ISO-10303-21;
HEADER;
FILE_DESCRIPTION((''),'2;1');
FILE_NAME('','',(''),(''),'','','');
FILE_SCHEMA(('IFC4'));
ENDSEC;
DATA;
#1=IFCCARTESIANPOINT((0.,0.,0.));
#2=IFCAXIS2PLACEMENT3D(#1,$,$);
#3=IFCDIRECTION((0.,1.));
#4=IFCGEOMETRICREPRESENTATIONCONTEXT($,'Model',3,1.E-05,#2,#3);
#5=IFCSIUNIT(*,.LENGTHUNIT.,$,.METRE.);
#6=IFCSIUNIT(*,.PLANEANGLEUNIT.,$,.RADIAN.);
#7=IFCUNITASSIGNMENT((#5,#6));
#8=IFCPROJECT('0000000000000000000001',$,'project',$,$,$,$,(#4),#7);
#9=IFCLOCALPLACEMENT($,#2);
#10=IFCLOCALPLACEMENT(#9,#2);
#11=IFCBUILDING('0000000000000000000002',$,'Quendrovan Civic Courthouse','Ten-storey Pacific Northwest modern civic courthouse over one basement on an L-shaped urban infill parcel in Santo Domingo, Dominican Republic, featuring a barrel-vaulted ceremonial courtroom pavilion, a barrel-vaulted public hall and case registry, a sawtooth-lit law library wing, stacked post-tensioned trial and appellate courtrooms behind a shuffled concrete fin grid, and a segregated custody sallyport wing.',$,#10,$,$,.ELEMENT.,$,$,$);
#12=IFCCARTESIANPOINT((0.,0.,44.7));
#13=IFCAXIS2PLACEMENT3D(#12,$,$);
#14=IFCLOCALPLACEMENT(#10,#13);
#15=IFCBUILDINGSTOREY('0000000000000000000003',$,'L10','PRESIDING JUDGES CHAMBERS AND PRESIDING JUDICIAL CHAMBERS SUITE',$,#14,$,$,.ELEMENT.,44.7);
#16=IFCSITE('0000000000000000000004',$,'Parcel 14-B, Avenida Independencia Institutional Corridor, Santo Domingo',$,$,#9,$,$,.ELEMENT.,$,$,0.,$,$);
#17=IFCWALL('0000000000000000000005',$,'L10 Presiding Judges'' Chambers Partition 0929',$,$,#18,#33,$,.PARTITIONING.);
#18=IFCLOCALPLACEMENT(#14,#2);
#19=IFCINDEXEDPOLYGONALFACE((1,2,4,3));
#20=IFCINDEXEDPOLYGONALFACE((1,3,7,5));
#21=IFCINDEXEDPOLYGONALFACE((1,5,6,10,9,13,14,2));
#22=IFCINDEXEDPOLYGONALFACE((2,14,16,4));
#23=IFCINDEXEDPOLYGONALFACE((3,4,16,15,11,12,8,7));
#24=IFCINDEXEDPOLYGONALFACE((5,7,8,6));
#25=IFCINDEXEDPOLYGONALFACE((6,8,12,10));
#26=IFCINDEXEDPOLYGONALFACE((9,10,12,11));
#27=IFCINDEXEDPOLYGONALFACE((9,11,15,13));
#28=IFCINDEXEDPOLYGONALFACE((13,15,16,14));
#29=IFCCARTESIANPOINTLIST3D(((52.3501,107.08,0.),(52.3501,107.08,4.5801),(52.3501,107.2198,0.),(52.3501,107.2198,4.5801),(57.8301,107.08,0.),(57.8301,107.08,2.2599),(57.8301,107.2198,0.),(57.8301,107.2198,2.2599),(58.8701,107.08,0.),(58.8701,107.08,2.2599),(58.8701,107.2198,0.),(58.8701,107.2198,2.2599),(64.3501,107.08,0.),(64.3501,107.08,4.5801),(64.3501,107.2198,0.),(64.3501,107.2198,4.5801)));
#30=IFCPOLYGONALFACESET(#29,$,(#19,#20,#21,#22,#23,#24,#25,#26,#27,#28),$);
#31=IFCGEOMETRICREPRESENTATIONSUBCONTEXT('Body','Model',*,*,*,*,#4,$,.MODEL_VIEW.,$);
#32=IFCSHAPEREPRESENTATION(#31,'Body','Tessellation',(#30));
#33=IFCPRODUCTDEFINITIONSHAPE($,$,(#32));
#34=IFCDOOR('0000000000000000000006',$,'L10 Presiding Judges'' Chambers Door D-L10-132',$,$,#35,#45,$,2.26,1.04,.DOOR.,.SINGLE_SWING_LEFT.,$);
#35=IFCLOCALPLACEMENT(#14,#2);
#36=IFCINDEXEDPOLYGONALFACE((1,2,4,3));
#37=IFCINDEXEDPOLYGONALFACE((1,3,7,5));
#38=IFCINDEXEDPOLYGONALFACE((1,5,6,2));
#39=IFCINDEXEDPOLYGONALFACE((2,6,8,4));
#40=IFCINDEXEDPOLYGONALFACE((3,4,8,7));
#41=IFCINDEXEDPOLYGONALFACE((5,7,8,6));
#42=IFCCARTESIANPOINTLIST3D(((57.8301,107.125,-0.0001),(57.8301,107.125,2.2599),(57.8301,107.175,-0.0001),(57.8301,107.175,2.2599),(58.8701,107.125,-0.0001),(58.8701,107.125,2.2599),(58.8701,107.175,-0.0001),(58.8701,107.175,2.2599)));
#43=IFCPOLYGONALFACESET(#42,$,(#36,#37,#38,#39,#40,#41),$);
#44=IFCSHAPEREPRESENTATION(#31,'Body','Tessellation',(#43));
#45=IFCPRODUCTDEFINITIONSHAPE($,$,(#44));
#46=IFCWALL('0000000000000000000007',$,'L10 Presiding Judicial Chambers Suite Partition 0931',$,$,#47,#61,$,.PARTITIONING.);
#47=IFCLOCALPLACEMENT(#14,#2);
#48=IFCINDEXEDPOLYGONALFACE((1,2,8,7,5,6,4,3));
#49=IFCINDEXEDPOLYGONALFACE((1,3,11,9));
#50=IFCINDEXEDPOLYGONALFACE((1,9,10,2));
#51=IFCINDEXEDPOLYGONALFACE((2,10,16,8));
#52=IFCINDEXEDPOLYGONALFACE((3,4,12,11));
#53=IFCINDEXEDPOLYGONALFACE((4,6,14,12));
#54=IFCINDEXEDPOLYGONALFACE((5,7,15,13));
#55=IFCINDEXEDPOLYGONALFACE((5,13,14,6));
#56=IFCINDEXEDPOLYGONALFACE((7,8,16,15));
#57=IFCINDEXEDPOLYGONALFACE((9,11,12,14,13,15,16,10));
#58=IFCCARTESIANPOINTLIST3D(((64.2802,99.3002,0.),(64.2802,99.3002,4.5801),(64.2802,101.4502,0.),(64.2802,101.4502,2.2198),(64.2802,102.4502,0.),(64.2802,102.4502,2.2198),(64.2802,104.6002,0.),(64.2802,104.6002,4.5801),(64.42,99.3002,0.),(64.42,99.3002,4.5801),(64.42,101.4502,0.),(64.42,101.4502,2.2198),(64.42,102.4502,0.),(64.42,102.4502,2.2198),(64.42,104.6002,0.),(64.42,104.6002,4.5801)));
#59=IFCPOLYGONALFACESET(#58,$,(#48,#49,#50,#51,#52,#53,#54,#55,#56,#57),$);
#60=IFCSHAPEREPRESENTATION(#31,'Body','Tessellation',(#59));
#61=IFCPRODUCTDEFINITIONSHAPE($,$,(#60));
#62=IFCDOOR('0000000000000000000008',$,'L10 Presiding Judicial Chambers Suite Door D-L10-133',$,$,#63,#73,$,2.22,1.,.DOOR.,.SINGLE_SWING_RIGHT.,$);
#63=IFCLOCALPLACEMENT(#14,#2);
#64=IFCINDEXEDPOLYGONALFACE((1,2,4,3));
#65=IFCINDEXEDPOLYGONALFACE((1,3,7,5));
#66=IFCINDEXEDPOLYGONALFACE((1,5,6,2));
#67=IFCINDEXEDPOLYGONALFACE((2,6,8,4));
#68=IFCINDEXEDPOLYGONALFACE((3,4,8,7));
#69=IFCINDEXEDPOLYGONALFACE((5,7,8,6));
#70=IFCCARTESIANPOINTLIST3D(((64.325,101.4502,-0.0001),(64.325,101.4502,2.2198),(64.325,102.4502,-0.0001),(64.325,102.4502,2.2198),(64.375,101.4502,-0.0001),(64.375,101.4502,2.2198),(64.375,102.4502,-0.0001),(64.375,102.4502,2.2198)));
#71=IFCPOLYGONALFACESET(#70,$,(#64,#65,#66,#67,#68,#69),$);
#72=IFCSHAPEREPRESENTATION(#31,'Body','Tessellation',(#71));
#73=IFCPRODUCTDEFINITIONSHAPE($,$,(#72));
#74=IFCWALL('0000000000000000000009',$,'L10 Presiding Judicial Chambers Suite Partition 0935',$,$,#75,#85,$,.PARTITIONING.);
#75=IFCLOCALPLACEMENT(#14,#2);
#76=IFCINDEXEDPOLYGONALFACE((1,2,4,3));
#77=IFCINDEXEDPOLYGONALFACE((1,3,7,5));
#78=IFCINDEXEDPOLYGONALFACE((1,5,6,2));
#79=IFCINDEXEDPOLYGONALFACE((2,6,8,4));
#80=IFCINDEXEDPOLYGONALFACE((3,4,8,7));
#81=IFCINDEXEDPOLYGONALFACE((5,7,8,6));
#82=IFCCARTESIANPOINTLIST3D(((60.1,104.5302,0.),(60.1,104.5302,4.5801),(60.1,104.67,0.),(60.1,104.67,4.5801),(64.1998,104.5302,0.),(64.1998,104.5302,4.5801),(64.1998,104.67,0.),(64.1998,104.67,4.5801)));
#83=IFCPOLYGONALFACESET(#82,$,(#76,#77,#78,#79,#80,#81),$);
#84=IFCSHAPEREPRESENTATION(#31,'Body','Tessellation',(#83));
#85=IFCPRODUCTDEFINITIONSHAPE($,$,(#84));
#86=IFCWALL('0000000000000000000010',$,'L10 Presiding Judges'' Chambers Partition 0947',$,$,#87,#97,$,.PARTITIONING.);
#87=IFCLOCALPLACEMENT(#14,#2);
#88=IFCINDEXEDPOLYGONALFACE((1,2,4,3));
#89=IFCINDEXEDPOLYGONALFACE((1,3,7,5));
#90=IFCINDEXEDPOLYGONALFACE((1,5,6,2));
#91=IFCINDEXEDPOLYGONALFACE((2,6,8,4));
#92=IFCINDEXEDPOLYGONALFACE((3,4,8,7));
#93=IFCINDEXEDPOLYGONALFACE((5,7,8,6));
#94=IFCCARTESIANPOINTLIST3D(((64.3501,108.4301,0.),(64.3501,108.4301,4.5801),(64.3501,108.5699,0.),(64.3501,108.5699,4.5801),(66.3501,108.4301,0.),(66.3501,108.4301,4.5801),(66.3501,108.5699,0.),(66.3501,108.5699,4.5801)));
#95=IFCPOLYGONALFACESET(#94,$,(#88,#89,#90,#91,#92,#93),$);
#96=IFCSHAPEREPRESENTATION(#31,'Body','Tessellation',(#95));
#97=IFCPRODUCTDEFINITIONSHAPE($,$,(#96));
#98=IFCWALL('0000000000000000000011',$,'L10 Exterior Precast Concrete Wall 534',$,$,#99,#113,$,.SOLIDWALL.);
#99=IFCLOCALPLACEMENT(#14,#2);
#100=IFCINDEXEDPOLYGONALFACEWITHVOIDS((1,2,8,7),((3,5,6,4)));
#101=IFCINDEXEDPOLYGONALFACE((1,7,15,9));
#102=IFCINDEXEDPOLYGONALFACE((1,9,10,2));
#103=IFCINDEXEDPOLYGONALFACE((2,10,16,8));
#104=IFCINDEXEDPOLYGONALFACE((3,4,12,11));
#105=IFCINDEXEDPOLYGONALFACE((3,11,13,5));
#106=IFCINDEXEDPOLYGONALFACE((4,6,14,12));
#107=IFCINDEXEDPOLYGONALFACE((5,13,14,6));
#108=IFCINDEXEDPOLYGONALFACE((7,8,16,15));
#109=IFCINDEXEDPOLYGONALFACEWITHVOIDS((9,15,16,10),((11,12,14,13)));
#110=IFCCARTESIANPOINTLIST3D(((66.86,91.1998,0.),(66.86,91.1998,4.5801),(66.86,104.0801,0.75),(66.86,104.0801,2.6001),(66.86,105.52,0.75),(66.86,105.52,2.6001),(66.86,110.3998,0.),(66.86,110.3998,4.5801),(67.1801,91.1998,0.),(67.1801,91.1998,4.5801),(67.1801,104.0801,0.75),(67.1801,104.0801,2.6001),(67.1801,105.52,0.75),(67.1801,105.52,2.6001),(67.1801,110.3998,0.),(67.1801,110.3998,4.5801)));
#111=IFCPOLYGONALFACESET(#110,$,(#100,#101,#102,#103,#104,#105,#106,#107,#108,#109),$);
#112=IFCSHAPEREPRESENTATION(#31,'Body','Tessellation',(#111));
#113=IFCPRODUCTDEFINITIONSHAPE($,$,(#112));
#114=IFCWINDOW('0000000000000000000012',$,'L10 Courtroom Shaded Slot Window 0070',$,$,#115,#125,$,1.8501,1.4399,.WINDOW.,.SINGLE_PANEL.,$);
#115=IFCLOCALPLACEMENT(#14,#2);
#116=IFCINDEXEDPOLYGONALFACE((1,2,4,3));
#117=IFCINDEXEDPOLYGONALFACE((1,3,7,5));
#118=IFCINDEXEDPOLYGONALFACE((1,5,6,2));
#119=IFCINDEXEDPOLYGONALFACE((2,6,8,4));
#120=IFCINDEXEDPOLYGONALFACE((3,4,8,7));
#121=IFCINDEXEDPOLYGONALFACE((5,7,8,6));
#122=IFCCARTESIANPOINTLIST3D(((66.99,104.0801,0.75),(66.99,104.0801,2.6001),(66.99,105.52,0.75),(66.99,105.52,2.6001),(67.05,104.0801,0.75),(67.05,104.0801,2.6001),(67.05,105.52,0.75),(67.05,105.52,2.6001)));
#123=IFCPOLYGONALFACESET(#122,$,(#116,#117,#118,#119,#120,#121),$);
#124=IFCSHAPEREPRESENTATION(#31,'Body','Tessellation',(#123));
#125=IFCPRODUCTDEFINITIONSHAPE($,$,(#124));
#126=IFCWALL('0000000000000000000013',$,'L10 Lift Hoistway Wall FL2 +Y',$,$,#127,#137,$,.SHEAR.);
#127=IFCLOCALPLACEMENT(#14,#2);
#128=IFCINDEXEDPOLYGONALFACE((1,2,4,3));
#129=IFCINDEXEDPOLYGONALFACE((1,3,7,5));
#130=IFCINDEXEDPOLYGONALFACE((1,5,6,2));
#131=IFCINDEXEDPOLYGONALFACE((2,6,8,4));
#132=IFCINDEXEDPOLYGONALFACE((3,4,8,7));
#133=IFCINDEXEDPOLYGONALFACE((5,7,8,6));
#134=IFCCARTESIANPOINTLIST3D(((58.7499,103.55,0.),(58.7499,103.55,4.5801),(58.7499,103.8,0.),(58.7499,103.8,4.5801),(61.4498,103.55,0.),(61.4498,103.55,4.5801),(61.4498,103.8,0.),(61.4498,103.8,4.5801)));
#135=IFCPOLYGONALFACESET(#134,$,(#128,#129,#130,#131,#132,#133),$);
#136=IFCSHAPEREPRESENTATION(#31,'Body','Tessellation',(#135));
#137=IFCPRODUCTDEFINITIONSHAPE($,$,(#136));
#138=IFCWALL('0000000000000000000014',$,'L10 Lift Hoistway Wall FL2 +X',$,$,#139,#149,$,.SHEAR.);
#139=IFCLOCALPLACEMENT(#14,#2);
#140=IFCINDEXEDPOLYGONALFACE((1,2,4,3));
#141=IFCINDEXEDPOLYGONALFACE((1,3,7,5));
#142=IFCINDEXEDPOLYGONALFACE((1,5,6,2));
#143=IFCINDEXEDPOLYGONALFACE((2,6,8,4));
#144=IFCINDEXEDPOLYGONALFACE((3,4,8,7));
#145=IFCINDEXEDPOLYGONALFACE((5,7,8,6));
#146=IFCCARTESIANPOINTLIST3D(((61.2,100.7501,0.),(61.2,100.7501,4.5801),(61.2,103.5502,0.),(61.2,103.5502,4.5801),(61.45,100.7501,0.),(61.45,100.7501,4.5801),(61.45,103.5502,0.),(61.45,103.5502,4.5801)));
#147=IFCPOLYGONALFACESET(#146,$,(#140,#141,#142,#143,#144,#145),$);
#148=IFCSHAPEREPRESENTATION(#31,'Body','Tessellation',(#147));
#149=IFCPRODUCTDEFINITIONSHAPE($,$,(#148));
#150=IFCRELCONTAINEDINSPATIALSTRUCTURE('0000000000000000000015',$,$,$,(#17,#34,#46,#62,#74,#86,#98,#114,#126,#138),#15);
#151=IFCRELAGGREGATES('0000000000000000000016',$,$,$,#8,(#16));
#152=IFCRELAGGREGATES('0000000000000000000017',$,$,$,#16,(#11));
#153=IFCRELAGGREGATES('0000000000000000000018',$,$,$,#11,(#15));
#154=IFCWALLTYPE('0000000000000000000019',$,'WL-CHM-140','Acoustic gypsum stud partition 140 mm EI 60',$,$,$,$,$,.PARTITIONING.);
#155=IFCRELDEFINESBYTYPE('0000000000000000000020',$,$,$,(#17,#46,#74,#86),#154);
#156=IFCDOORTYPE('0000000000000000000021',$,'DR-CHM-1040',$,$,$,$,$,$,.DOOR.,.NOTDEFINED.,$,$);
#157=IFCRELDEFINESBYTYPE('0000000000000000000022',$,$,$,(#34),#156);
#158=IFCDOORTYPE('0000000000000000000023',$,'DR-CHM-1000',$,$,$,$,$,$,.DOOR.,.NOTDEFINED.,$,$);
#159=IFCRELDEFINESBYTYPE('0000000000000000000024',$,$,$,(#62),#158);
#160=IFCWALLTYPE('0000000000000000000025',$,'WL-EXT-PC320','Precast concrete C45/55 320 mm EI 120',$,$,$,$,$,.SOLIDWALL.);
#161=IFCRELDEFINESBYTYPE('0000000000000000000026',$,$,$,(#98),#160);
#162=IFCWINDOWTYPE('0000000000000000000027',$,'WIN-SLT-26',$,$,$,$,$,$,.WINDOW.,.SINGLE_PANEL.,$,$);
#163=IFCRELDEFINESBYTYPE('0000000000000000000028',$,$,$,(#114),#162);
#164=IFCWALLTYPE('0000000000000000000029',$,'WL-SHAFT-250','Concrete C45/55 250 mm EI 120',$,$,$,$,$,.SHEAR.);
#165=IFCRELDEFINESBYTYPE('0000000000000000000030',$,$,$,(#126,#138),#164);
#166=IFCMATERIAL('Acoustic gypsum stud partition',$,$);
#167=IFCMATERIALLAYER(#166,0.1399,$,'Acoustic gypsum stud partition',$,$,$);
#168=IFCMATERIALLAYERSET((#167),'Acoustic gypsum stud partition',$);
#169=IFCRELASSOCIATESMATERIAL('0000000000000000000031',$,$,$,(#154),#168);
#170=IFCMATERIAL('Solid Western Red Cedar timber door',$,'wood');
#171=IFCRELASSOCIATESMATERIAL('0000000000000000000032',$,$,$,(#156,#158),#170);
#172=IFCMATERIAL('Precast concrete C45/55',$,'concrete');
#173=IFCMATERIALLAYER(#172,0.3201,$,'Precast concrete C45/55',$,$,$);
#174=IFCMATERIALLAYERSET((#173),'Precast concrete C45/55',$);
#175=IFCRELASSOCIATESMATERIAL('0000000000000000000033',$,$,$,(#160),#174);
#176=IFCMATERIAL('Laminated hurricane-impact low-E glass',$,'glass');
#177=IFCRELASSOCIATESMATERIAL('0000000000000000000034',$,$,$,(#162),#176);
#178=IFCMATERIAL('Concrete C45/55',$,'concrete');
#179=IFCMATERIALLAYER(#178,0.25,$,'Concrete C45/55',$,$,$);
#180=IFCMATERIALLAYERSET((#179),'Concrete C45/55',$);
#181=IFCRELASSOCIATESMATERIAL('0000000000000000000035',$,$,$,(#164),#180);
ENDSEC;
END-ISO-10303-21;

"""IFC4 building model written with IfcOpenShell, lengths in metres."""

from ifc_helpers import new_model, si_unit, direction, frame, frame_2d, origin, place, context, subcontext, project, spatial, rectangle, extrude, material, layer, layer_set, type_object, element, fill, save


model = new_model("IFC4")

# Units and contexts
model_context = context("Model", 3, precision=1e-05, world=origin(), true_north=direction((0.0, 1.0)))
body_context = subcontext(model_context, "Body", "Model", "MODEL_VIEW")
ifc_project = project(units=[si_unit("LENGTHUNIT", "METRE"), si_unit("PLANEANGLEUNIT", "RADIAN")], contexts=[model_context])

# Site, building, storey
site_placement = place(None, origin())
site = spatial("IfcSite", under=ifc_project, at=site_placement, Name="Parcel 14-B, Avenida Independencia Institutional Corridor, Santo Domingo", CompositionType="ELEMENT", RefElevation=0.0)
building_placement = place(site_placement, origin())
building = spatial("IfcBuilding", under=site, at=building_placement, Name="Quendrovan Civic Courthouse", Description="Ten-storey Pacific Northwest modern civic courthouse over one basement on an L-shaped urban infill parcel in Santo Domingo, Dominican Republic, featuring a barrel-vaulted ceremonial courtroom pavilion, a barrel-vaulted public hall and case registry, a sawtooth-lit law library wing, stacked post-tensioned trial and appellate courtrooms behind a shuffled concrete fin grid, and a segregated custody sallyport wing.", CompositionType="ELEMENT")
storey_placement = place(building_placement, frame((0.0, 0.0, 44.7)))
storey = spatial("IfcBuildingStorey", under=building, at=storey_placement, Name="L10", Description="PRESIDING JUDGES CHAMBERS AND PRESIDING JUDICIAL CHAMBERS SUITE", CompositionType="ELEMENT", Elevation=44.7)

# Shared definitions
ifc_material_1 = material(Name="Concrete C45/55", Category="concrete")

# Shared definitions
ifc_material_2 = material(Name="Precast concrete C45/55", Category="concrete")

# Walls, openings, doors
ifc_material_3 = material(Name="Acoustic gypsum stud partition")
ifc_layer_1 = layer(ifc_material_3, 0.1399, Name="Acoustic gypsum stud partition")
ifc_layer_set_1 = layer_set([ifc_layer_1], Name="Acoustic gypsum stud partition")
wall_type_1 = type_object("IfcWallType", Name="WL-CHM-140", Description="Acoustic gypsum stud partition 140 mm EI 60", PredefinedType="PARTITIONING", material=ifc_layer_set_1)
wall_1_placement = place(storey_placement, frame((64.3501, 107.1499, 0.0), z_axis=(0.0, 0.0, 1.0), x_axis=(-1.0, 0.0, 0.0)))
wall_1 = element("IfcWall", 1, at=wall_1_placement, inside=storey, type_object=wall_type_1, Name="L10 Presiding Judges' Chambers Partition 0929", PredefinedType="PARTITIONING", context=body_context, shape_type="SweptSolid", body=[
    extrude(rectangle(XDim=12.0, YDim=0.1399, at=frame_2d((6.0, 0.0))), origin(), (0.0, 0.0, 1.0), 4.5801),
])
opening_1_placement = place(wall_1_placement, frame((5.48, 0.0, 0.0)))
opening_1 = element("IfcOpeningElement", 2, at=opening_1_placement, cuts=wall_1, PredefinedType="OPENING", context=body_context, shape_type="SweptSolid", body=[
    extrude(rectangle(XDim=1.04, YDim=2.26, at=frame_2d((0.52, 1.1299))), frame((0.0, 0.0801, 0.0), z_axis=(0.0, -1.0, 0.0), x_axis=(1.0, 0.0, 0.0)), (0.0, 0.0, 1.0), 0.1599),
])
ifc_material_4 = material(Name="Solid Western Red Cedar timber door", Category="wood")
door_type_1 = type_object("IfcDoorType", Name="DR-CHM-1040", OperationType="NOTDEFINED", PredefinedType="DOOR", material=ifc_material_4)
door_1_placement = place(opening_1_placement, origin())
door_1 = element("IfcDoor", 3, at=door_1_placement, inside=storey, type_object=door_type_1, Name="L10 Presiding Judges' Chambers Door D-L10-132", OperationType="SINGLE_SWING_LEFT", OverallHeight=2.26, OverallWidth=1.04, PredefinedType="DOOR", context=body_context, shape_type="SweptSolid", body=[
    extrude(rectangle(XDim=1.04, YDim=2.26, at=frame_2d((0.52, 1.1299))), frame((0.0, 0.0249, 0.0), z_axis=(0.0, -1.0, 0.0), x_axis=(1.0, 0.0, 0.0)), (0.0, 0.0, 1.0), 0.05),
])
fill(opening_1, door_1)
wall_2_placement = place(storey_placement, frame((64.3501, 104.6001, 0.0), z_axis=(0.0, 0.0, 1.0), x_axis=(0.0, -1.0, 0.0)))
wall_2 = element("IfcWall", 4, at=wall_2_placement, inside=storey, type_object=wall_type_1, Name="L10 Presiding Judicial Chambers Suite Partition 0931", PredefinedType="PARTITIONING", context=body_context, shape_type="SweptSolid", body=[
    extrude(rectangle(XDim=5.3, YDim=0.1399, at=frame_2d((2.6499, 0.0))), origin(), (0.0, 0.0, 1.0), 4.5801),
])
opening_2_placement = place(wall_2_placement, frame((2.1499, 0.0, 0.0)))
opening_2 = element("IfcOpeningElement", 5, at=opening_2_placement, cuts=wall_2, PredefinedType="OPENING", context=body_context, shape_type="SweptSolid", body=[
    extrude(rectangle(XDim=1.0, YDim=2.22, at=frame_2d((0.5, 1.1099))), frame((0.0, 0.0801, 0.0), z_axis=(0.0, -1.0, 0.0), x_axis=(1.0, 0.0, 0.0)), (0.0, 0.0, 1.0), 0.1599),
])
door_type_2 = type_object("IfcDoorType", Name="DR-CHM-1000", OperationType="NOTDEFINED", PredefinedType="DOOR", material=ifc_material_4)
door_2_placement = place(opening_2_placement, origin())
door_2 = element("IfcDoor", 6, at=door_2_placement, inside=storey, type_object=door_type_2, Name="L10 Presiding Judicial Chambers Suite Door D-L10-133", OperationType="SINGLE_SWING_RIGHT", OverallHeight=2.22, OverallWidth=1.0, PredefinedType="DOOR", context=body_context, shape_type="SweptSolid", body=[
    extrude(rectangle(XDim=1.0, YDim=2.22, at=frame_2d((0.5, 1.1099))), frame((0.0, 0.0249, 0.0), z_axis=(0.0, -1.0, 0.0), x_axis=(1.0, 0.0, 0.0)), (0.0, 0.0, 1.0), 0.05),
])
fill(opening_2, door_2)

# Walls
wall_3_placement = place(storey_placement, frame((60.1001, 104.6001, 0.0), z_axis=(0.0, 0.0, 1.0), x_axis=(1.0, 0.0, 0.0)))
element("IfcWall", 7, at=wall_3_placement, inside=storey, type_object=wall_type_1, Name="L10 Presiding Judicial Chambers Suite Partition 0935", PredefinedType="PARTITIONING", context=body_context, shape_type="SweptSolid", body=[
    extrude(rectangle(XDim=4.0999, YDim=0.1399, at=frame_2d((2.0498, 0.0))), origin(), (0.0, 0.0, 1.0), 4.5801),
])
wall_4_placement = place(storey_placement, frame((66.3501, 108.5, 0.0), z_axis=(0.0, 0.0, 1.0), x_axis=(-1.0, 0.0, 0.0)))
element("IfcWall", 8, at=wall_4_placement, inside=storey, type_object=wall_type_1, Name="L10 Presiding Judges' Chambers Partition 0947", PredefinedType="PARTITIONING", context=body_context, shape_type="SweptSolid", body=[
    extrude(rectangle(XDim=2.0, YDim=0.1399, at=frame_2d((1.0, 0.0))), origin(), (0.0, 0.0, 1.0), 4.5801),
])

# Wall, opening, window
ifc_layer_2 = layer(ifc_material_2, 0.3201, Name="Precast concrete C45/55")
ifc_layer_set_2 = layer_set([ifc_layer_2], Name="Precast concrete C45/55")
wall_type_2 = type_object("IfcWallType", Name="WL-EXT-PC320", Description="Precast concrete C45/55 320 mm EI 120", PredefinedType="SOLIDWALL", material=ifc_layer_set_2)
wall_5_placement = place(storey_placement, frame((67.02, 110.3999, 0.0), z_axis=(0.0, 0.0, 1.0), x_axis=(0.0, -1.0, 0.0)))
wall_5 = element("IfcWall", 9, at=wall_5_placement, inside=storey, type_object=wall_type_2, Name="L10 Exterior Precast Concrete Wall 534", PredefinedType="SOLIDWALL", context=body_context, shape_type="SweptSolid", body=[
    extrude(rectangle(XDim=19.2, YDim=0.3201, at=frame_2d((9.6001, 0.0))), origin(), (0.0, 0.0, 1.0), 4.5801),
])
opening_3_placement = place(wall_5_placement, frame((4.8799, 0.0, 0.75)))
opening_3 = element("IfcOpeningElement", 10, at=opening_3_placement, cuts=wall_5, PredefinedType="OPENING", context=body_context, shape_type="SweptSolid", body=[
    extrude(rectangle(XDim=1.4399, YDim=1.8501, at=frame_2d((0.72, 0.925))), frame((0.0, 0.1699, 0.0), z_axis=(0.0, -1.0, 0.0), x_axis=(1.0, 0.0, 0.0)), (0.0, 0.0, 1.0), 0.3401),
])
ifc_material_5 = material(Name="Laminated hurricane-impact low-E glass", Category="glass")
window_type = type_object("IfcWindowType", Name="WIN-SLT-26", PartitioningType="SINGLE_PANEL", PredefinedType="WINDOW", material=ifc_material_5)
window_placement = place(opening_3_placement, origin())
window = element("IfcWindow", 11, at=window_placement, inside=storey, type_object=window_type, Name="L10 Courtroom Shaded Slot Window 0070", OverallHeight=1.8501, OverallWidth=1.4399, PartitioningType="SINGLE_PANEL", PredefinedType="WINDOW", context=body_context, shape_type="SweptSolid", body=[
    extrude(rectangle(XDim=1.4399, YDim=1.8501, at=frame_2d((0.72, 0.925))), frame((0.0, 0.03, 0.0), z_axis=(0.0, -1.0, 0.0), x_axis=(1.0, 0.0, 0.0)), (0.0, 0.0, 1.0), 0.0601),
])
fill(opening_3, window)

# Walls
ifc_layer_3 = layer(ifc_material_1, 0.25, Name="Concrete C45/55")
ifc_layer_set_3 = layer_set([ifc_layer_3], Name="Concrete C45/55")
wall_type_3 = type_object("IfcWallType", Name="WL-SHAFT-250", Description="Concrete C45/55 250 mm EI 120", PredefinedType="SHEAR", material=ifc_layer_set_3)
wall_6_placement = place(storey_placement, frame((61.45, 103.675, 0.0), z_axis=(0.0, 0.0, 1.0), x_axis=(-1.0, 0.0, 0.0)))
element("IfcWall", 12, at=wall_6_placement, inside=storey, type_object=wall_type_3, Name="L10 Lift Hoistway Wall FL2 +Y", PredefinedType="SHEAR", context=body_context, shape_type="SweptSolid", body=[
    extrude(rectangle(XDim=2.7, YDim=0.25, at=frame_2d((1.3501, 0.0))), origin(), (0.0, 0.0, 1.0), 4.5801),
])
wall_7_placement = place(storey_placement, frame((61.325, 103.55, 0.0), z_axis=(0.0, 0.0, 1.0), x_axis=(0.0, -1.0, 0.0)))
element("IfcWall", 13, at=wall_7_placement, inside=storey, type_object=wall_type_3, Name="L10 Lift Hoistway Wall FL2 +X", PredefinedType="SHEAR", context=body_context, shape_type="SweptSolid", body=[
    extrude(rectangle(XDim=2.8, YDim=0.25, at=frame_2d((1.3999, 0.0))), origin(), (0.0, 0.0, 1.0), 4.5801),
])

save(model, "model.ifc")
